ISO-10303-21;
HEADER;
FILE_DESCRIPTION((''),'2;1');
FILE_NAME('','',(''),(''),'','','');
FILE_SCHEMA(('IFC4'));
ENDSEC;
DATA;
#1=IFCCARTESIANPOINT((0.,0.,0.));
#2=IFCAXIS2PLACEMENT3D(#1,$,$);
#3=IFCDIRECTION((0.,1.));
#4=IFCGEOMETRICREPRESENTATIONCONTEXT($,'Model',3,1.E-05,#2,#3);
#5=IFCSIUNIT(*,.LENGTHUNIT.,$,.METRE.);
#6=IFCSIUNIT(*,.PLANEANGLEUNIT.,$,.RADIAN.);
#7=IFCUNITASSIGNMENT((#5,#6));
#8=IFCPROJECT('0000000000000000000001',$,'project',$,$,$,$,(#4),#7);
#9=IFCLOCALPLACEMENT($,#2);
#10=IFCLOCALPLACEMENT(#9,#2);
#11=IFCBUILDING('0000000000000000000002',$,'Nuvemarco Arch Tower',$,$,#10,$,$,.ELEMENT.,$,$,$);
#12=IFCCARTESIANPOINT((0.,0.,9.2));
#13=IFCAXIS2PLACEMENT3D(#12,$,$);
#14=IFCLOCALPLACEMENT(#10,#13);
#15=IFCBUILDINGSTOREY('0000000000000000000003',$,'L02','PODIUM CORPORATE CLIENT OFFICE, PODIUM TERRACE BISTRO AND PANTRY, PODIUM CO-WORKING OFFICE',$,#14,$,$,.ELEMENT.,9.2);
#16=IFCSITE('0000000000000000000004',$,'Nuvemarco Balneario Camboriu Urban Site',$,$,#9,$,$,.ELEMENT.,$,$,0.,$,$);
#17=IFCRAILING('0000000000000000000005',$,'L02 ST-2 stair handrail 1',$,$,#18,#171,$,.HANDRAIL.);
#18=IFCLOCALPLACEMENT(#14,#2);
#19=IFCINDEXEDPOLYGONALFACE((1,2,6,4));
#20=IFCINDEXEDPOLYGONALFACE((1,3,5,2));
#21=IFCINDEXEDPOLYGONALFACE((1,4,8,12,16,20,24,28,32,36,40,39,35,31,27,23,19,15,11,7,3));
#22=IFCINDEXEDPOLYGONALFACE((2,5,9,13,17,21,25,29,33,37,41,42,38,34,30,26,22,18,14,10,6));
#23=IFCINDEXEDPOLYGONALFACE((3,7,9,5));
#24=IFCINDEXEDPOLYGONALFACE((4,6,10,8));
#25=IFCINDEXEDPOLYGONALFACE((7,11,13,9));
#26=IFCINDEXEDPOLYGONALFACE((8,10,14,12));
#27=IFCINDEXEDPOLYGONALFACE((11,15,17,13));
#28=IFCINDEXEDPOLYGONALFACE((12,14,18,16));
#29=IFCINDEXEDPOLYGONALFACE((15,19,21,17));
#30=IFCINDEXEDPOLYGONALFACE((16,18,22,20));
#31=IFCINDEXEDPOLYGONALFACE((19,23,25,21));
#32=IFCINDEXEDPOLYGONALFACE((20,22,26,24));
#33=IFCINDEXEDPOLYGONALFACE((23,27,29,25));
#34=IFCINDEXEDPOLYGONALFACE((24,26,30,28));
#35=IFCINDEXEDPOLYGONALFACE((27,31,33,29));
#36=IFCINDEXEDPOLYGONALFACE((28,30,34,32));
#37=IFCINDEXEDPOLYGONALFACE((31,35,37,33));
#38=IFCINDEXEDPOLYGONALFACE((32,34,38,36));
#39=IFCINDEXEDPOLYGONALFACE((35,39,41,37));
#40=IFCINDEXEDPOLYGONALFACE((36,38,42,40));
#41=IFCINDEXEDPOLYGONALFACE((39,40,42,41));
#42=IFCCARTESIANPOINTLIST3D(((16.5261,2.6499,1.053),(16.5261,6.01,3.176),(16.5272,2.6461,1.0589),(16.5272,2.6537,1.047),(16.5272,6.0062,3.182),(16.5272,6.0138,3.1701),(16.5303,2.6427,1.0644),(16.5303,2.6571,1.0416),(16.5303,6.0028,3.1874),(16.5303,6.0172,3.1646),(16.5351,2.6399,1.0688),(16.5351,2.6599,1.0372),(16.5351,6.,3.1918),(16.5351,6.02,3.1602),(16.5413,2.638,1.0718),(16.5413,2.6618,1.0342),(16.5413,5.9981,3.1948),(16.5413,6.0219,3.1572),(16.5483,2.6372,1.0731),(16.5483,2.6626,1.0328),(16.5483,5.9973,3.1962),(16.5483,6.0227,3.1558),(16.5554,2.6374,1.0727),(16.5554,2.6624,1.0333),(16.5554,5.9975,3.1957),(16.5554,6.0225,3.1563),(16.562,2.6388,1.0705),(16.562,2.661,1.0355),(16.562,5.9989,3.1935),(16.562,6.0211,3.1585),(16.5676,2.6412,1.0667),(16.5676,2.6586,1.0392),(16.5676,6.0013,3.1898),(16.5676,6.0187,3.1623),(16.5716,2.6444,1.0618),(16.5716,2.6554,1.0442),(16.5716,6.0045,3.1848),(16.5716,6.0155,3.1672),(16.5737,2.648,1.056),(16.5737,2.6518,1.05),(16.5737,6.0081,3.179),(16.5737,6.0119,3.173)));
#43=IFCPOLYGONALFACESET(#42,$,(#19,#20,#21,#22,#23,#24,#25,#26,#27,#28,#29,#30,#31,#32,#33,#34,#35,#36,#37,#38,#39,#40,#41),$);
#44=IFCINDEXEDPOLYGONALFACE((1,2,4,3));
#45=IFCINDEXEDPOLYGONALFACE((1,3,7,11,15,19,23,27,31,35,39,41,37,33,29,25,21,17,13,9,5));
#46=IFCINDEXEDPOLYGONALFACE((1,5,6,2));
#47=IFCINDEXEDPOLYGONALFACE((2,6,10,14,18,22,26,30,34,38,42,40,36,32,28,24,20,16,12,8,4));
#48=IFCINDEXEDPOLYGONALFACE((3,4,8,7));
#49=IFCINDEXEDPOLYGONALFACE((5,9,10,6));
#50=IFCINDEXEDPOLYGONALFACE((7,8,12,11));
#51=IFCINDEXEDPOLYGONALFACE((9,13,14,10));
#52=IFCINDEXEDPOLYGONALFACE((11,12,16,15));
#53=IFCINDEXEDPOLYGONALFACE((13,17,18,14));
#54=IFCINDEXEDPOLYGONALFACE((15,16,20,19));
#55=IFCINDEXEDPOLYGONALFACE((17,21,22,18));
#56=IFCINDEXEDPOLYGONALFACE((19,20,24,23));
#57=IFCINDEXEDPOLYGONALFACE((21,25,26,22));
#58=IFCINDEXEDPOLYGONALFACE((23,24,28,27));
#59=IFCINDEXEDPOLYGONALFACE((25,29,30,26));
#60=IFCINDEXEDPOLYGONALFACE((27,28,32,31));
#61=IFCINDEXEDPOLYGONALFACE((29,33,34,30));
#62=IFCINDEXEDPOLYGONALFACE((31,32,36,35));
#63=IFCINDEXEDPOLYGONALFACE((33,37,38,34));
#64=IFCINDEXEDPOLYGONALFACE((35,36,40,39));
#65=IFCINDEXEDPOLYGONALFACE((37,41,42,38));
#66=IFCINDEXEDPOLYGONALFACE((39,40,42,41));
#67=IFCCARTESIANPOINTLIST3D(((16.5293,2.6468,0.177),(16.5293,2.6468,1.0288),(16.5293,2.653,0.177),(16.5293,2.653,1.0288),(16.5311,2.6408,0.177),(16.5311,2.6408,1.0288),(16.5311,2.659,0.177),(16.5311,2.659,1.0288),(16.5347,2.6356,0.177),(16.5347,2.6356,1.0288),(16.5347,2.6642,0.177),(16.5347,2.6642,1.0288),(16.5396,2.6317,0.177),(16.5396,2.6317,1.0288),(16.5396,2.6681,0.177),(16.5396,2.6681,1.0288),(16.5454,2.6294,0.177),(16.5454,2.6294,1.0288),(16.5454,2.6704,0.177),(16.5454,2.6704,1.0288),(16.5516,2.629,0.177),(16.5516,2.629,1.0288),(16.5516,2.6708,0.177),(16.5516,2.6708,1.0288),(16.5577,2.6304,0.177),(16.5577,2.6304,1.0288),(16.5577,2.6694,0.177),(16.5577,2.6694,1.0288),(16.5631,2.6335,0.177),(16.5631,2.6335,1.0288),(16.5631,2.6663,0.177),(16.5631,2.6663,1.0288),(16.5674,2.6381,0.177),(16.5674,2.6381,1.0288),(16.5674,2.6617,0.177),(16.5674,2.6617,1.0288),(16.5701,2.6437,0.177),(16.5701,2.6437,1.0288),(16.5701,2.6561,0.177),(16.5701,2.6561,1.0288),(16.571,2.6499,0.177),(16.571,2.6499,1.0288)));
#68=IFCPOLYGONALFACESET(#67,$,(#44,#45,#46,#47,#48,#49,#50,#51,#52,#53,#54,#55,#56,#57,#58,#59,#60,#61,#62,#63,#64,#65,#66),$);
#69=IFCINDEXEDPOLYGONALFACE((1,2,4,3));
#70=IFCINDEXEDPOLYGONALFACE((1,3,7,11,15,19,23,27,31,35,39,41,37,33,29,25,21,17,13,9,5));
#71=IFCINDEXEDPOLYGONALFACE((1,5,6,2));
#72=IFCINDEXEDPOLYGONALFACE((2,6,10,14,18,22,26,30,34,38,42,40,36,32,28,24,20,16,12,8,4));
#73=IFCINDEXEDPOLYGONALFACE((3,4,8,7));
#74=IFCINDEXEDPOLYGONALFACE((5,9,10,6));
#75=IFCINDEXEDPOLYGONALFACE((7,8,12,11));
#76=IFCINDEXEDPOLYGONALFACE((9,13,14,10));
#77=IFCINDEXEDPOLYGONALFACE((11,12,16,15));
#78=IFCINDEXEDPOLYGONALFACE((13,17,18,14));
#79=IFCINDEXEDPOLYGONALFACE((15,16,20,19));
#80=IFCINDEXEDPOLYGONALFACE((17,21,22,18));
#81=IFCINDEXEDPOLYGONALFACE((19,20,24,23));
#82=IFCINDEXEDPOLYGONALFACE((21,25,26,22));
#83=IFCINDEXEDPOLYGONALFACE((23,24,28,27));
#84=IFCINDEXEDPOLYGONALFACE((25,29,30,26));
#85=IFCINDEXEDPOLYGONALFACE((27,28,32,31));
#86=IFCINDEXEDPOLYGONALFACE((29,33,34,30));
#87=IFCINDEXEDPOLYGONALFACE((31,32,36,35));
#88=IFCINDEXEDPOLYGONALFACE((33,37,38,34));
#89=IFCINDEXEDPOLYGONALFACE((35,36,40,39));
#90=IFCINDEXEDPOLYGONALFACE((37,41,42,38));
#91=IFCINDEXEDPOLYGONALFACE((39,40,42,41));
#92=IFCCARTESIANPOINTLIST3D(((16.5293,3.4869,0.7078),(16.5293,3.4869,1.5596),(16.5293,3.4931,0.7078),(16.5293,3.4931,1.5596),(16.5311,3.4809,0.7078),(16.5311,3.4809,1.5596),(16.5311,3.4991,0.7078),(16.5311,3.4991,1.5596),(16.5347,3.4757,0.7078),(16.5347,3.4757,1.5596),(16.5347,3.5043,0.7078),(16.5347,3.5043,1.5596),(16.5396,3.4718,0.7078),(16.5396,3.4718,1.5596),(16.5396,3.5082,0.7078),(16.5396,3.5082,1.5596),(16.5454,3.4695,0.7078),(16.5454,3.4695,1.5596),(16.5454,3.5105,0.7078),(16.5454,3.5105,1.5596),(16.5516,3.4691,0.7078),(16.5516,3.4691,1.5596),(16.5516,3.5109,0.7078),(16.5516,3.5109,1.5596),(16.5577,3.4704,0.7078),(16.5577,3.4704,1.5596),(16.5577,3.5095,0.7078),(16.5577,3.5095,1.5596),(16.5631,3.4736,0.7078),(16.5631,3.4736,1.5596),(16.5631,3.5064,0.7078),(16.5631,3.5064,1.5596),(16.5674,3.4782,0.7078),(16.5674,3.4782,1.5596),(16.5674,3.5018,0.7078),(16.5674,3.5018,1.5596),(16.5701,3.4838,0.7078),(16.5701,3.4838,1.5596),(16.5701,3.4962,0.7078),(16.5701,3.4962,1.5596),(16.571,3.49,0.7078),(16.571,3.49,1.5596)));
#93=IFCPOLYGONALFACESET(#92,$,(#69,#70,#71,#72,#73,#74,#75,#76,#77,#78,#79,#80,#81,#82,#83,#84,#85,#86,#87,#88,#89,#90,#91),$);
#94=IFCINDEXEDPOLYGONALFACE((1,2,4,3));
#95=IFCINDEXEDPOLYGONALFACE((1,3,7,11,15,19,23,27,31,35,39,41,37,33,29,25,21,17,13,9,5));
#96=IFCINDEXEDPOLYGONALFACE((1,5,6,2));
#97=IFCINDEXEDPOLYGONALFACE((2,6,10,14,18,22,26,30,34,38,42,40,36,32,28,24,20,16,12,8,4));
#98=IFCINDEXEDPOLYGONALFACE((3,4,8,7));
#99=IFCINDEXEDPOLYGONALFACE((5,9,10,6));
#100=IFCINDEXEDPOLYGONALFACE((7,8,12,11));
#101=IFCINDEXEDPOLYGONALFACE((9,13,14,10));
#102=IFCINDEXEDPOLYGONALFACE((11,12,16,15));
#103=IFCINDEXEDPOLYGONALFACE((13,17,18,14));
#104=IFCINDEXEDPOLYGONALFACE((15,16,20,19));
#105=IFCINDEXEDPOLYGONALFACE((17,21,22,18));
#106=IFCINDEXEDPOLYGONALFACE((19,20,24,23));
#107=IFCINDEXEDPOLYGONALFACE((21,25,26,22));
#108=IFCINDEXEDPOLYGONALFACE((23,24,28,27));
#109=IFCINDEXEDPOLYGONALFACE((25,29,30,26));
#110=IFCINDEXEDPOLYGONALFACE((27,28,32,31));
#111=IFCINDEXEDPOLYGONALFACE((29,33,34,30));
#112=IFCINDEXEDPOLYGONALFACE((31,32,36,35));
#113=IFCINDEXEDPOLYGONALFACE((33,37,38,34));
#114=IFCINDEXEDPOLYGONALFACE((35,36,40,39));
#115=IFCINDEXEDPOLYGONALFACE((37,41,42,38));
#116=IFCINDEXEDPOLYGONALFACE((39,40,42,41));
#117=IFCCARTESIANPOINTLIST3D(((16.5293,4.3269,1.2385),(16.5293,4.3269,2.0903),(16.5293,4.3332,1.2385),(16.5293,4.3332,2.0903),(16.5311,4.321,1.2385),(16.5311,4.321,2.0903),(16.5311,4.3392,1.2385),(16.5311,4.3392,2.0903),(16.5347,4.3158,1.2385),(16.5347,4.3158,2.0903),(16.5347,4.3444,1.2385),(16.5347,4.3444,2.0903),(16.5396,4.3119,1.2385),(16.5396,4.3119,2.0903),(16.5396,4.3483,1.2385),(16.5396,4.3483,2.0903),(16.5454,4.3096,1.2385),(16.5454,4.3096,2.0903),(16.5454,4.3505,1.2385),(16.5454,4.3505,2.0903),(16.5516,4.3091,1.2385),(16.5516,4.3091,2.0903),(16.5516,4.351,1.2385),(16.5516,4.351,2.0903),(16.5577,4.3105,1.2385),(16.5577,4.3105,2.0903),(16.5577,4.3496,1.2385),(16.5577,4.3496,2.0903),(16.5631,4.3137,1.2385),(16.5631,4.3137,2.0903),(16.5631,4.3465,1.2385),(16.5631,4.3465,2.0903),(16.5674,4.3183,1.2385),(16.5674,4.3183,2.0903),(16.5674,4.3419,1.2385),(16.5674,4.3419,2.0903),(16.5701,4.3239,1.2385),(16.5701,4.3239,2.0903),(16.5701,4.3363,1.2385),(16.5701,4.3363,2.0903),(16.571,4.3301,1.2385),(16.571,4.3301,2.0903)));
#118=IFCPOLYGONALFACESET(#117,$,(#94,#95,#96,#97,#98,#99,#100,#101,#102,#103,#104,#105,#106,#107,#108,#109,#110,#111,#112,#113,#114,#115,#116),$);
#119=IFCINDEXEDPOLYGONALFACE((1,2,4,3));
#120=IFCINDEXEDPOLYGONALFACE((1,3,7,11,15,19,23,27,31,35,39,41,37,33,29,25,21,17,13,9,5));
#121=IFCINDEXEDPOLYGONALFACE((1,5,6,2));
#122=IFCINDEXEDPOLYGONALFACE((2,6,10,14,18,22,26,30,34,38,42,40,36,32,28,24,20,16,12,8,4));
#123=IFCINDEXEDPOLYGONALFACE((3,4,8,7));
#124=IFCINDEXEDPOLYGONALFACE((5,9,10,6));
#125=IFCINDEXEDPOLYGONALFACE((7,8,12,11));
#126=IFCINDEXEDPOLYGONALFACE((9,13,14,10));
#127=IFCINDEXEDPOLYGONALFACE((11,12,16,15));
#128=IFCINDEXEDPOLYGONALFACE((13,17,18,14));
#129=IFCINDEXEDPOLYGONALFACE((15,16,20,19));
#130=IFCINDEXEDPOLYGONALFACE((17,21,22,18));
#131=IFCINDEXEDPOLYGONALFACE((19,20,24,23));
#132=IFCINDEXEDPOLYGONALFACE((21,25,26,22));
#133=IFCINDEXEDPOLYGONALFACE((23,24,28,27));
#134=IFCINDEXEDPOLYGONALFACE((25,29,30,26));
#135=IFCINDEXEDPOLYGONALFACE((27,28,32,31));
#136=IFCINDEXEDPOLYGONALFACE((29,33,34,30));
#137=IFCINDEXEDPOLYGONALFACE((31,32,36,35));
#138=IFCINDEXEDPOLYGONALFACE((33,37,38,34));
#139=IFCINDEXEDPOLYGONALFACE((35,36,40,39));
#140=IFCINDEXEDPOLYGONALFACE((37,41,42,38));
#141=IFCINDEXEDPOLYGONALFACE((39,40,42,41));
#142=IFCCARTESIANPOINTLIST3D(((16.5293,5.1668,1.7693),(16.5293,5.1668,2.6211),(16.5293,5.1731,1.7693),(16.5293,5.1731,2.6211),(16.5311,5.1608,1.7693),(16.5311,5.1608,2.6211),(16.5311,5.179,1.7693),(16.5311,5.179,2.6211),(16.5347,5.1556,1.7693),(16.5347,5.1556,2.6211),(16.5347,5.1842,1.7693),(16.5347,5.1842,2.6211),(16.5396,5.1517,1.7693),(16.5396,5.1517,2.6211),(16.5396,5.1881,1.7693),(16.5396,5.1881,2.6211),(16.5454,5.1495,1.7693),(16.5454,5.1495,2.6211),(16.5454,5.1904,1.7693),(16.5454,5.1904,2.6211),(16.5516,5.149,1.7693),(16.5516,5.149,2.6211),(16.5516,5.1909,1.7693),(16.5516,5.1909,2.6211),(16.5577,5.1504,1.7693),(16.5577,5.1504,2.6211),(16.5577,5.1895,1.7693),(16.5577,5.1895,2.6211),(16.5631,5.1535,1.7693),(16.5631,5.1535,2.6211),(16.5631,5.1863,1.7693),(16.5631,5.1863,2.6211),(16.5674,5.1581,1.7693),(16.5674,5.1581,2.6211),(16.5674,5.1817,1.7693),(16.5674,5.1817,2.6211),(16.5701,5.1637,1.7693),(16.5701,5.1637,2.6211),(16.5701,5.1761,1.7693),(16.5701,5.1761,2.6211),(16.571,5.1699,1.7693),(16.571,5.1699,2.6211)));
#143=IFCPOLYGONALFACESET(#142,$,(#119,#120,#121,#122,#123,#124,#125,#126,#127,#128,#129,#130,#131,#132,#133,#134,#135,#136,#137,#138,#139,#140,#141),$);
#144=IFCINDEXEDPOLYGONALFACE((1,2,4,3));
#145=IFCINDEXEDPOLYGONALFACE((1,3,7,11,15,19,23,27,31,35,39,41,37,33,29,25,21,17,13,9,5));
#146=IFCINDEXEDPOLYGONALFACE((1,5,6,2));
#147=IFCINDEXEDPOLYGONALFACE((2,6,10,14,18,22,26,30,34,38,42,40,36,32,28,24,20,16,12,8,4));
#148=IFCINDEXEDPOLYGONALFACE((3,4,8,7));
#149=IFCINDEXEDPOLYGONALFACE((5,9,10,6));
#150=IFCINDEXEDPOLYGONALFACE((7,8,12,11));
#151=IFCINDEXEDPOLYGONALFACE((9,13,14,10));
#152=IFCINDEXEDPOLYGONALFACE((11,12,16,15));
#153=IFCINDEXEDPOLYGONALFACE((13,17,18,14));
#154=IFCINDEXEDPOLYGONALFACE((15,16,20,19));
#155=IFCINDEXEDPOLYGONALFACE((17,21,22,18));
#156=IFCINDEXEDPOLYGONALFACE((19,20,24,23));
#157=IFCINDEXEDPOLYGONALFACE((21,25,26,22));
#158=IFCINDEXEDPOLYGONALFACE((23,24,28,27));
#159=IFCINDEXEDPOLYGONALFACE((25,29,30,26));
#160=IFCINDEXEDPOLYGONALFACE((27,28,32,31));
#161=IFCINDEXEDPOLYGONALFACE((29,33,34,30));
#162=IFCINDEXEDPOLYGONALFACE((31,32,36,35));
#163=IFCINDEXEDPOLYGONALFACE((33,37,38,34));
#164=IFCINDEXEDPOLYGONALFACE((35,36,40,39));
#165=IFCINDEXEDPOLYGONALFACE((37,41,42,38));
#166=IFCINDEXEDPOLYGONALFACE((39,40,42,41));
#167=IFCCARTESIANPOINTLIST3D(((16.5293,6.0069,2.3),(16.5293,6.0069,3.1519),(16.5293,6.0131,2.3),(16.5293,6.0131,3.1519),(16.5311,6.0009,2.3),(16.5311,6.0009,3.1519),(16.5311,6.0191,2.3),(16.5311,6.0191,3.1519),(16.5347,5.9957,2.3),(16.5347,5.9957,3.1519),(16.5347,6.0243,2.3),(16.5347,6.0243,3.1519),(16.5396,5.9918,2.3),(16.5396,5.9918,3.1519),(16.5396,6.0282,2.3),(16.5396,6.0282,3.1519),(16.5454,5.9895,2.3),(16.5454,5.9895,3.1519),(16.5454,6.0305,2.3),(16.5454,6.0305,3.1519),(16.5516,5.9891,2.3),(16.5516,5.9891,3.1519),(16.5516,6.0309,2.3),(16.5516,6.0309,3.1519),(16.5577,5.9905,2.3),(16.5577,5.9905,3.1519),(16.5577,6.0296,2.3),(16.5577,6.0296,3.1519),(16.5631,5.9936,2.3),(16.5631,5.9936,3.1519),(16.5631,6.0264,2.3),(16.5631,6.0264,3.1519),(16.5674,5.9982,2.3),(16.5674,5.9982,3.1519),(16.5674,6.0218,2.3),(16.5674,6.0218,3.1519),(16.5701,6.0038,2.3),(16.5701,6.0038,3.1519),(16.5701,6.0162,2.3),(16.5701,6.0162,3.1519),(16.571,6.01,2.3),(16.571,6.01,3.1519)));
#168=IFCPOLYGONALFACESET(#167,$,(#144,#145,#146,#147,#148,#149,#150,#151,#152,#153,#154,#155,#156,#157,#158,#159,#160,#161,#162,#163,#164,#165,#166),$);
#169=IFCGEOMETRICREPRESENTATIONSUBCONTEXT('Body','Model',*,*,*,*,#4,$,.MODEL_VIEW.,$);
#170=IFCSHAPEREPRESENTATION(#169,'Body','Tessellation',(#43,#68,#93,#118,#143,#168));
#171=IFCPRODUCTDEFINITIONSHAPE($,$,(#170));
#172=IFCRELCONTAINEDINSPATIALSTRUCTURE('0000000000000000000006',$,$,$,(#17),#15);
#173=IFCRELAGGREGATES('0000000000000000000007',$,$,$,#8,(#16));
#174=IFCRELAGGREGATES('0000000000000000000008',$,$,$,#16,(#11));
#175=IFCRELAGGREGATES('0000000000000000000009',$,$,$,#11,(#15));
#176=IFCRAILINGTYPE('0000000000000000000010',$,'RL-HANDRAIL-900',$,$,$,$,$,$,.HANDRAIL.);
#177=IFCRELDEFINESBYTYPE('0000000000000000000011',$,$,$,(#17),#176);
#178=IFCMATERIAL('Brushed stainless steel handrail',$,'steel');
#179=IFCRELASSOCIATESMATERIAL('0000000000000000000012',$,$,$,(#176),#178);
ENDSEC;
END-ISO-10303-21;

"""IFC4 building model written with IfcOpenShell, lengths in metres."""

from ifc_helpers import new_model, si_unit, direction, frame, origin, origin_2d, place, context, subcontext, project, spatial, circle, extrude, material, type_object, element, save


model = new_model("IFC4")

# Units and contexts
model_context = context("Model", 3, precision=1e-05, world=origin(), true_north=direction((0.0, 1.0)))
body_context = subcontext(model_context, "Body", "Model", "MODEL_VIEW")
ifc_project = project(units=[si_unit("LENGTHUNIT", "METRE"), si_unit("PLANEANGLEUNIT", "RADIAN")], contexts=[model_context])

# Site, building, storey
site_placement = place(None, origin())
site = spatial("IfcSite", under=ifc_project, at=site_placement, Name="Nuvemarco Balneario Camboriu Urban Site", CompositionType="ELEMENT", RefElevation=0.0)
building_placement = place(site_placement, origin())
building = spatial("IfcBuilding", under=site, at=building_placement, Name="Nuvemarco Arch Tower", CompositionType="ELEMENT")
storey_placement = place(building_placement, frame((0.0, 0.0, 9.2)))
storey = spatial("IfcBuildingStorey", under=building, at=storey_placement, Name="L02", Description="PODIUM CORPORATE CLIENT OFFICE, PODIUM TERRACE BISTRO AND PANTRY, PODIUM CO-WORKING OFFICE", CompositionType="ELEMENT", Elevation=9.2)

# Railing
ifc_material_1 = material(Name="Brushed stainless steel handrail", Category="steel")
railing_type_1 = type_object("IfcRailingType", Name="RL-HANDRAIL-900", PredefinedType="HANDRAIL", material=ifc_material_1)
railing_1_placement = place(storey_placement, frame((16.55, 2.6499, 0.177)))
element("IfcRailing", 1, at=railing_1_placement, inside=storey, type_object=railing_type_1, Name="L02 ST-2 stair handrail 1", PredefinedType="HANDRAIL", context=body_context, shape_type="SweptSolid", body=[
    extrude(circle(Radius=0.0239, at=origin_2d()), frame((0.0, 0.0, 0.876), z_axis=(0.0, 0.84539, 0.53415), x_axis=(-1.0, 0.0, 0.0)), (0.0, 0.0, 1.0), 3.9746),
    extrude(circle(Radius=0.021, at=origin_2d()), origin(), (0.0, 0.0, 1.0), 0.8518),
    extrude(circle(Radius=0.021, at=origin_2d()), frame((0.0, 0.8401, 0.5308)), (0.0, 0.0, 1.0), 0.8518),
    extrude(circle(Radius=0.021, at=origin_2d()), frame((0.0, 1.6802, 1.0615)), (0.0, 0.0, 1.0), 0.8518),
    extrude(circle(Radius=0.021, at=origin_2d()), frame((0.0, 2.52, 1.5923)), (0.0, 0.0, 1.0), 0.8518),
    extrude(circle(Radius=0.021, at=origin_2d()), frame((0.0, 3.3601, 2.123)), (0.0, 0.0, 1.0), 0.8518),
])

save(model, "model.ifc")
